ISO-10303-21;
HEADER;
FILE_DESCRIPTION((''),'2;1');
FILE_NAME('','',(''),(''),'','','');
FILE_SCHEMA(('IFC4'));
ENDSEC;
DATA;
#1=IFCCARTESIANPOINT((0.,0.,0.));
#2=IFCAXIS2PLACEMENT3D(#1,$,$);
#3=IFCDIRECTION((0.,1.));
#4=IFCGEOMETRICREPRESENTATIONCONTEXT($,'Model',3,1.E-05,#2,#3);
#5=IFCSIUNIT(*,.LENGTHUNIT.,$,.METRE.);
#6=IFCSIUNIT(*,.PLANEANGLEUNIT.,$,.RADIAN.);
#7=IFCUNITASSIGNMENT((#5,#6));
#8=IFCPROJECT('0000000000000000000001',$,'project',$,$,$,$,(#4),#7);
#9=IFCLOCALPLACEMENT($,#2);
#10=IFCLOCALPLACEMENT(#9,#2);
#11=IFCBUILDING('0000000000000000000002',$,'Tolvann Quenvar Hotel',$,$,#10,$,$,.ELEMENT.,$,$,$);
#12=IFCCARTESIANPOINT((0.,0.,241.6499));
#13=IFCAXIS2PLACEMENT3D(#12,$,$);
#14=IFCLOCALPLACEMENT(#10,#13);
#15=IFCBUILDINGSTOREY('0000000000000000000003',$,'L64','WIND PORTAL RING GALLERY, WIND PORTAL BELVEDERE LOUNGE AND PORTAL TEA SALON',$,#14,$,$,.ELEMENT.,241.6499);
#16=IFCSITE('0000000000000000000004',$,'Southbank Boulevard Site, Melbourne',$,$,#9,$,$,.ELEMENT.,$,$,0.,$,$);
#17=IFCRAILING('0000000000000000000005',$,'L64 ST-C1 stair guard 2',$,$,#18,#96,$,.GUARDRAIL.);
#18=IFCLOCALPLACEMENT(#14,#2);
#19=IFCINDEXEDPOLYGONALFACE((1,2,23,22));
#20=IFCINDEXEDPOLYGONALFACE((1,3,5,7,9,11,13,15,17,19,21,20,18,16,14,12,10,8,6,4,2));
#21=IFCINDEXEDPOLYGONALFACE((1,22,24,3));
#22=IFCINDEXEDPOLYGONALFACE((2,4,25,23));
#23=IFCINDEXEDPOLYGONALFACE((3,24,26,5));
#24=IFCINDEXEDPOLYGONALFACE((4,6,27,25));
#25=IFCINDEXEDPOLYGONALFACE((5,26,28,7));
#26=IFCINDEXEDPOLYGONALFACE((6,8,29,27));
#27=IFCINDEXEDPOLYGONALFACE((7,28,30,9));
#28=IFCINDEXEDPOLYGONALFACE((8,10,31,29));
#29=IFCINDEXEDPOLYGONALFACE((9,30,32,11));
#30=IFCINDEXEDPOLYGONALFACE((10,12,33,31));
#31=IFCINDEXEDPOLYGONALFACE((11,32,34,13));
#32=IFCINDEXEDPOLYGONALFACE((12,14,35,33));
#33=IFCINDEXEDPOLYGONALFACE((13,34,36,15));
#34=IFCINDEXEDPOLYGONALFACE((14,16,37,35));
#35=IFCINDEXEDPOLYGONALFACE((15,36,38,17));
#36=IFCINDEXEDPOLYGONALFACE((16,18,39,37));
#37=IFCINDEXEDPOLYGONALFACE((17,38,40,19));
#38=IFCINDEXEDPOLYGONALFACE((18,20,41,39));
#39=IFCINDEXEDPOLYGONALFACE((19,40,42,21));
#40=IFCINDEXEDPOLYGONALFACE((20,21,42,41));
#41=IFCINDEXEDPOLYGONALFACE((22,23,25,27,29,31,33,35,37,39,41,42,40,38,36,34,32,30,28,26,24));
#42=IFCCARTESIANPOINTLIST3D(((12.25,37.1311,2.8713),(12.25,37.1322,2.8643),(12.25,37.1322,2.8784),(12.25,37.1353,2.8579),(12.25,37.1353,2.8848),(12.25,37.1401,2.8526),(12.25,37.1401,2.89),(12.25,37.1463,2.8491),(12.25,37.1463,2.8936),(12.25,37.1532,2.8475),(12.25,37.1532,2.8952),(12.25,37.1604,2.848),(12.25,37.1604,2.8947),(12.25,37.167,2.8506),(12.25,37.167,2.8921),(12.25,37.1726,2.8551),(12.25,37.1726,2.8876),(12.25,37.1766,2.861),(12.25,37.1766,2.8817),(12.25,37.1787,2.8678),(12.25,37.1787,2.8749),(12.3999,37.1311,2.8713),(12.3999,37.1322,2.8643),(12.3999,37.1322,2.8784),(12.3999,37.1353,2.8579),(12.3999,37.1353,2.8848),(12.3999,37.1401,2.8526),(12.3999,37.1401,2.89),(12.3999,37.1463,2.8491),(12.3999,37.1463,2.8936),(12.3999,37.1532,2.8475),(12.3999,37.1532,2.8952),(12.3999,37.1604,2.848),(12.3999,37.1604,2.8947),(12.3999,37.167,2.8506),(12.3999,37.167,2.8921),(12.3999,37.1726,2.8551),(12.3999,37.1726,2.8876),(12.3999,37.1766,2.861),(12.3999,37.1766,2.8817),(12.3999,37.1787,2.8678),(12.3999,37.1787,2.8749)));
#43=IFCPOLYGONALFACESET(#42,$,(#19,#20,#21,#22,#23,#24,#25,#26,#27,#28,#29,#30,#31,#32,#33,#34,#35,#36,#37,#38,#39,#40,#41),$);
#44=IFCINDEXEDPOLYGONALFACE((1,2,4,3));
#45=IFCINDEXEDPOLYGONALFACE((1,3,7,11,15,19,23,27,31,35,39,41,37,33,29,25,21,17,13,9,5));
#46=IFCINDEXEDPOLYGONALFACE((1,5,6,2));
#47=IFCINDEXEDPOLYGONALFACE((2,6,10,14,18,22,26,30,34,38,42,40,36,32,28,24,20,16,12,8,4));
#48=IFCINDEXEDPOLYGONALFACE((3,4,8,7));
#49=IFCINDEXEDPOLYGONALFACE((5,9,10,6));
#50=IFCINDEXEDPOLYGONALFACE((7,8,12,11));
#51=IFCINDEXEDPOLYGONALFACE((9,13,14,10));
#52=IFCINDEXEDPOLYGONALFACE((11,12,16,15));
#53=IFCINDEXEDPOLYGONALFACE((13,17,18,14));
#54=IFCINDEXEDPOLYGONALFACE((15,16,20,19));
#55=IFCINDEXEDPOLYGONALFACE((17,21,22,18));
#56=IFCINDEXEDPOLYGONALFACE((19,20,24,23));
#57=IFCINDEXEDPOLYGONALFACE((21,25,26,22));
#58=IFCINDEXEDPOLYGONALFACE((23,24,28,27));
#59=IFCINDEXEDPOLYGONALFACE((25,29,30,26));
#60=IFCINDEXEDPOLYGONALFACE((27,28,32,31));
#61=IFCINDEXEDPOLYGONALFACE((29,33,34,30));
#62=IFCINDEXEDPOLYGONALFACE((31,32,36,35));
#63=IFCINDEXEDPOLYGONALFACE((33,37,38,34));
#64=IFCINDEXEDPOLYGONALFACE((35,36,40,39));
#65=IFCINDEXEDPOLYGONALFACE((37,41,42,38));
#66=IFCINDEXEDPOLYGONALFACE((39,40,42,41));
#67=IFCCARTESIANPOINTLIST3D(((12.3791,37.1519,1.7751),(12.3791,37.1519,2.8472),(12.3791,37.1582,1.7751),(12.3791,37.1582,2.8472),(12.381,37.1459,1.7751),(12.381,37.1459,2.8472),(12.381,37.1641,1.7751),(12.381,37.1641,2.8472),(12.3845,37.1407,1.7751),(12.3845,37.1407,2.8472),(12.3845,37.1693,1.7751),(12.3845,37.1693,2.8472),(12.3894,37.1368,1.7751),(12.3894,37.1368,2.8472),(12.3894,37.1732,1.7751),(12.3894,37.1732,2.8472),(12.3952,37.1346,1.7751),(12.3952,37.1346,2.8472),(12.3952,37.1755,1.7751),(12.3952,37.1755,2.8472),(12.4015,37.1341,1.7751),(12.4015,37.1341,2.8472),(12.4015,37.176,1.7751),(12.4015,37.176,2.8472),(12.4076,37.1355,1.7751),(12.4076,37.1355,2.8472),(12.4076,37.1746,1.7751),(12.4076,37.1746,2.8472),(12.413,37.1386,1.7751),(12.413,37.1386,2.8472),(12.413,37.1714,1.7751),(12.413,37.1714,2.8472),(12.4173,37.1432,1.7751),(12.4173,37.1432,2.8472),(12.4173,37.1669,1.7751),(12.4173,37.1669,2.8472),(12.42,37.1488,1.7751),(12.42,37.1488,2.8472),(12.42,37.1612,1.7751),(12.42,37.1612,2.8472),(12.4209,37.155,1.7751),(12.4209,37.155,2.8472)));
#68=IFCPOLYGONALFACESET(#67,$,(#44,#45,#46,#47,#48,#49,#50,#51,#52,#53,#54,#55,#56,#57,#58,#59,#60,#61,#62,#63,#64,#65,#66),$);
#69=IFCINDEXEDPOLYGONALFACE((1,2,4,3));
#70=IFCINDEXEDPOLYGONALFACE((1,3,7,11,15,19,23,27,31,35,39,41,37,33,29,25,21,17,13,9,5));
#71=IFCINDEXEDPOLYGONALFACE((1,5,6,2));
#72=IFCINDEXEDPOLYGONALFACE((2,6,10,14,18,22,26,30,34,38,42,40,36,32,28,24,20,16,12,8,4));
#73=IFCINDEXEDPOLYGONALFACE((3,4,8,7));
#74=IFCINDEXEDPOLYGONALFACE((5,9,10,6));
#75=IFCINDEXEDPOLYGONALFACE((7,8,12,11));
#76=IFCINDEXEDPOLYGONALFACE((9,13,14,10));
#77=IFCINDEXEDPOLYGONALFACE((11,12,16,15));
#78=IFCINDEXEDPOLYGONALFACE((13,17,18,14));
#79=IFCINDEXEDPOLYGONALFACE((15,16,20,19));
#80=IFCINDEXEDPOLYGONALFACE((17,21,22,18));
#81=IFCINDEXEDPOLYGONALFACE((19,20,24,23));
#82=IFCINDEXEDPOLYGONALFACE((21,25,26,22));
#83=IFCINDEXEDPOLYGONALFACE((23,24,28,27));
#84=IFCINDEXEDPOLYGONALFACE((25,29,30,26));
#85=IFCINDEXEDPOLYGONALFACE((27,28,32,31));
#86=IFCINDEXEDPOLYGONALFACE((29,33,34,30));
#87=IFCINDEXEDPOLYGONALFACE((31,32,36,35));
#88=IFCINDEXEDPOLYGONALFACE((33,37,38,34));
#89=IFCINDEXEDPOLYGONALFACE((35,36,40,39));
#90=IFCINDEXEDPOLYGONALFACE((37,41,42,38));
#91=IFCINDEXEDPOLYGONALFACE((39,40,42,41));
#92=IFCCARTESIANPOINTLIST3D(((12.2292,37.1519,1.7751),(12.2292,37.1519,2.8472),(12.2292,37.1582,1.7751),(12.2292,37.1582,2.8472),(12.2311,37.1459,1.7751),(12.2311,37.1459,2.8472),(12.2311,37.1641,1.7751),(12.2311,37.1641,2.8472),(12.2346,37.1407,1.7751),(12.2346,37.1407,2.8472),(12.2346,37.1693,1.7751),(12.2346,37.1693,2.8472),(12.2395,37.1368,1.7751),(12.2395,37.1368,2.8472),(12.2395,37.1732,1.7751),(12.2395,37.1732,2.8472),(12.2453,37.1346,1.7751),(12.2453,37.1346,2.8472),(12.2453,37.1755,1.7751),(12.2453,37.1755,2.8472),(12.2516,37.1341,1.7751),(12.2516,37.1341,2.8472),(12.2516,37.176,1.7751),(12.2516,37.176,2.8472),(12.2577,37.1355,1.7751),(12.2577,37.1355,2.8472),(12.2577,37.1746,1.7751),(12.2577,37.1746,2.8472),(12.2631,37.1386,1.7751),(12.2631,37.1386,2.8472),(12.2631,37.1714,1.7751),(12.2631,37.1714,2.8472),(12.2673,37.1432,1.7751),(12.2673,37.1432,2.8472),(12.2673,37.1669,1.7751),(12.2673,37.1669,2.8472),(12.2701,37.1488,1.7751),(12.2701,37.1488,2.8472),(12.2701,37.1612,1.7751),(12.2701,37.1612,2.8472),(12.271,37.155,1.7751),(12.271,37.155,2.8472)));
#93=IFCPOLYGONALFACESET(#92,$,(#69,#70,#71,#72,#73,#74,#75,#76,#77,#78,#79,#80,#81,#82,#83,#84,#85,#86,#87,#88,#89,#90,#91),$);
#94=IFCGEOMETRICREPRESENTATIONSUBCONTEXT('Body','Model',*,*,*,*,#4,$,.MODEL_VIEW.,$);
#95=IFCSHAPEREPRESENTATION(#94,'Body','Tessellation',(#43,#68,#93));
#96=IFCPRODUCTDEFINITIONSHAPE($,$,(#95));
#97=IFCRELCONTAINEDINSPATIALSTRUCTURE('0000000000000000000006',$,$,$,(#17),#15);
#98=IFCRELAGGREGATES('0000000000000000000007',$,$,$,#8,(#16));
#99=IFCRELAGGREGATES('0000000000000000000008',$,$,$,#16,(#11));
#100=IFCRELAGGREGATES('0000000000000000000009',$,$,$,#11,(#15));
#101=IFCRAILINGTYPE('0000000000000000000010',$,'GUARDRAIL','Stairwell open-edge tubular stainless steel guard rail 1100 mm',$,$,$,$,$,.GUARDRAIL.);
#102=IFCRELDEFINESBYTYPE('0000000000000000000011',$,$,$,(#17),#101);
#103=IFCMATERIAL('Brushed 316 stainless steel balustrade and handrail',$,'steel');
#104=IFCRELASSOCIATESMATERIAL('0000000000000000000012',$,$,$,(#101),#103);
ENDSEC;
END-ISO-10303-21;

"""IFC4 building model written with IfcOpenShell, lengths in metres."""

from ifc_helpers import new_model, si_unit, direction, frame, origin, origin_2d, place, context, subcontext, project, spatial, circle, extrude, material, type_object, element, save


model = new_model("IFC4")

# Units and contexts
model_context = context("Model", 3, precision=1e-05, world=origin(), true_north=direction((0.0, 1.0)))
body_context = subcontext(model_context, "Body", "Model", "MODEL_VIEW")
ifc_project = project(units=[si_unit("LENGTHUNIT", "METRE"), si_unit("PLANEANGLEUNIT", "RADIAN")], contexts=[model_context])

# Site, building, storey
site_placement = place(None, origin())
site = spatial("IfcSite", under=ifc_project, at=site_placement, Name="Southbank Boulevard Site, Melbourne", CompositionType="ELEMENT", RefElevation=0.0)
building_placement = place(site_placement, origin())
building = spatial("IfcBuilding", under=site, at=building_placement, Name="Tolvann Quenvar Hotel", CompositionType="ELEMENT")
storey_placement = place(building_placement, frame((0.0, 0.0, 241.6499)))
storey = spatial("IfcBuildingStorey", under=building, at=storey_placement, Name="L64", Description="WIND PORTAL RING GALLERY, WIND PORTAL BELVEDERE LOUNGE AND PORTAL TEA SALON", CompositionType="ELEMENT", Elevation=241.6499)

# Railing
ifc_material_1 = material(Name="Brushed 316 stainless steel balustrade and handrail", Category="steel")
railing_type_1 = type_object("IfcRailingType", Name="GUARDRAIL", Description="Stairwell open-edge tubular stainless steel guard rail 1100 mm", PredefinedType="GUARDRAIL", material=ifc_material_1)
railing_1_placement = place(storey_placement, frame((12.3999, 37.155, 1.7751)))
element("IfcRailing", 1, at=railing_1_placement, inside=storey, type_object=railing_type_1, Name="L64 ST-C1 stair guard 2", PredefinedType="GUARDRAIL", context=body_context, shape_type="SweptSolid", body=[
    extrude(circle(Radius=0.0239, at=origin_2d()), frame((0.0, 0.0, 1.0962), z_axis=(-1.0, 0.0, 0.0), x_axis=(0.0, -1.0, 0.0)), (0.0, 0.0, 1.0), 0.1499),
    extrude(circle(Radius=0.021, at=origin_2d()), origin(), (0.0, 0.0, 1.0), 1.072),
    extrude(circle(Radius=0.021, at=origin_2d()), frame((-0.1499, 0.0, 0.0)), (0.0, 0.0, 1.0), 1.072),
])

save(model, "model.ifc")
